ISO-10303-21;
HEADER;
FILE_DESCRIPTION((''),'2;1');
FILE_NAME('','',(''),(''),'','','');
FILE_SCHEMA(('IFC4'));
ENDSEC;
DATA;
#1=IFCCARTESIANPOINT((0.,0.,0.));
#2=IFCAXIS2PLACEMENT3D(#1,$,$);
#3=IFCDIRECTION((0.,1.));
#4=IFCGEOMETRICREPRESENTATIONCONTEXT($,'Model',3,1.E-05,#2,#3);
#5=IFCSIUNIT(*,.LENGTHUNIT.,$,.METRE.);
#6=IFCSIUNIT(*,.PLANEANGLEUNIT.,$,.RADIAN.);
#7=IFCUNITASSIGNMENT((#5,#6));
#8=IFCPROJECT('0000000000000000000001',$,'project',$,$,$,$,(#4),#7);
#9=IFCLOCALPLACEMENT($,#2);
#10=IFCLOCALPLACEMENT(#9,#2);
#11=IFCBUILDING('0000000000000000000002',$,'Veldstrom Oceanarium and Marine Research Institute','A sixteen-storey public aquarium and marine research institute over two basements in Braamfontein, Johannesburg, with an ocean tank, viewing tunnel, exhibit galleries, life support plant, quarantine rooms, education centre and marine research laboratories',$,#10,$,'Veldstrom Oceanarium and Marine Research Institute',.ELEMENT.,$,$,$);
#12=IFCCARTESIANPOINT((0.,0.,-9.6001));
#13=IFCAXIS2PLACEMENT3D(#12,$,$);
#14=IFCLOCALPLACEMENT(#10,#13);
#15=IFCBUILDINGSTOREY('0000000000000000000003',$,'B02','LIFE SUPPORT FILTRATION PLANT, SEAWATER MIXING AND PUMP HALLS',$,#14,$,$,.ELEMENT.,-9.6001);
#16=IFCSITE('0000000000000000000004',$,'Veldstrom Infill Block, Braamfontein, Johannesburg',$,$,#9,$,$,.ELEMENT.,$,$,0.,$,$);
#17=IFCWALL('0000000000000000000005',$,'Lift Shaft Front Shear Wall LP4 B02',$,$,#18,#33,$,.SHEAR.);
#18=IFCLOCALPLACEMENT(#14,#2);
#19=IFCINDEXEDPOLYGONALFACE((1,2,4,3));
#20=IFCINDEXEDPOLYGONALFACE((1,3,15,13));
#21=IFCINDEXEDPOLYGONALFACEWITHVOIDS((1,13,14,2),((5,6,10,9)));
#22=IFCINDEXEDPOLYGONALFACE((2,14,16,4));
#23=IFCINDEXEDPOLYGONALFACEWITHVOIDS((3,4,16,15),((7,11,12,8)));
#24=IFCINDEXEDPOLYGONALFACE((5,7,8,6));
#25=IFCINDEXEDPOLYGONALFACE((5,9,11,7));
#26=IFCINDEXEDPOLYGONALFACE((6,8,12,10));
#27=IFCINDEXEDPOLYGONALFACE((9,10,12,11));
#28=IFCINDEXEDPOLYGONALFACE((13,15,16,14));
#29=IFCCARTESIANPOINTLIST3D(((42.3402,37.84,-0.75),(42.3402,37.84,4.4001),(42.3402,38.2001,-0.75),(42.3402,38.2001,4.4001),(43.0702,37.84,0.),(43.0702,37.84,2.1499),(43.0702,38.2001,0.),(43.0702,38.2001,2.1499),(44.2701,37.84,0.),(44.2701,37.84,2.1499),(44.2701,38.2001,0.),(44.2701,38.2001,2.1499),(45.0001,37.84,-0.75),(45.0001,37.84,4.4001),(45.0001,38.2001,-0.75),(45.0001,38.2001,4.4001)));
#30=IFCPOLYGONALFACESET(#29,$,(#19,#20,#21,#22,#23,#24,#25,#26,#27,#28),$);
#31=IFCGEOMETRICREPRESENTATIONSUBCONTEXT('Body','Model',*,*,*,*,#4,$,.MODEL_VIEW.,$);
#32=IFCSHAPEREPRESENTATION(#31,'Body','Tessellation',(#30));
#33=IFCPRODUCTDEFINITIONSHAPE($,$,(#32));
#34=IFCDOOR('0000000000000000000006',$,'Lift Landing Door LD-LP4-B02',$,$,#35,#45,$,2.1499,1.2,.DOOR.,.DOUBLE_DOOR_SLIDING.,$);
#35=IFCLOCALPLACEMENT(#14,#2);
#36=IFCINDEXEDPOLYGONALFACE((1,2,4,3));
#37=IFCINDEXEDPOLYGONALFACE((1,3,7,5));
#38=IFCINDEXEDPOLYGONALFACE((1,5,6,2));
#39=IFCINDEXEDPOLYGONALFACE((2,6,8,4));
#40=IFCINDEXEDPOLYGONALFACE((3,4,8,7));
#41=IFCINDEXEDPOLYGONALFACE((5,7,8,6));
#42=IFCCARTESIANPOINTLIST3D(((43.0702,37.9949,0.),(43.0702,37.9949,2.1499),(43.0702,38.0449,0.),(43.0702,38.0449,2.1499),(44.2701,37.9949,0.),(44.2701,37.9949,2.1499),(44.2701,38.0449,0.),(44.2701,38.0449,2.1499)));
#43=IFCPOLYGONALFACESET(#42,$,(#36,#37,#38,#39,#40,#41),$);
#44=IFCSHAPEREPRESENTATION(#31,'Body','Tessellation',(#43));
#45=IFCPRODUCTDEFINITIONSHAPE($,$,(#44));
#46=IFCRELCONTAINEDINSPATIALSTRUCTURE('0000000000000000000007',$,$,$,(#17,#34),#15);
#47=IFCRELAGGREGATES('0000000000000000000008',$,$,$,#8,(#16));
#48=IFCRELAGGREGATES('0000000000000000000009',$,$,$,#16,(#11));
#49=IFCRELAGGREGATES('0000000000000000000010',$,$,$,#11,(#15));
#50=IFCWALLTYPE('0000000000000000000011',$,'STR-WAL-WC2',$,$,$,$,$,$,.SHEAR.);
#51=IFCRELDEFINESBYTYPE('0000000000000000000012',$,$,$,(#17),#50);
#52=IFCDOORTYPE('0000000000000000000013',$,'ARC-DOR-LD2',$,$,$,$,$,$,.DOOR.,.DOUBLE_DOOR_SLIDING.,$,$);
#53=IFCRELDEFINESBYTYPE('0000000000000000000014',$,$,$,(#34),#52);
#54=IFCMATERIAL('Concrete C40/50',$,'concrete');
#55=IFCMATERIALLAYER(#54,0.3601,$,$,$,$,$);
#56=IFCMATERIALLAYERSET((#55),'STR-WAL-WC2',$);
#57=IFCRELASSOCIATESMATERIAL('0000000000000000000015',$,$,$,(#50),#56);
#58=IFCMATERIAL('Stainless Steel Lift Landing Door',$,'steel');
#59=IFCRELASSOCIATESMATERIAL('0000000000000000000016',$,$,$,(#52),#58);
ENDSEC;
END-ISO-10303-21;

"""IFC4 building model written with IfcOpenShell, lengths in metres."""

from ifc_helpers import new_model, si_unit, direction, frame, frame_2d, origin, place, context, subcontext, project, spatial, rectangle, extrude, material, layer, layer_set, type_object, element, fill, save


model = new_model("IFC4")

# Units and contexts
model_context = context("Model", 3, precision=1e-05, world=origin(), true_north=direction((0.0, 1.0)))
body_context = subcontext(model_context, "Body", "Model", "MODEL_VIEW")
ifc_project = project(units=[si_unit("LENGTHUNIT", "METRE"), si_unit("PLANEANGLEUNIT", "RADIAN")], contexts=[model_context])

# Site, building, storey
site_placement = place(None, origin())
site = spatial("IfcSite", under=ifc_project, at=site_placement, Name="Veldstrom Infill Block, Braamfontein, Johannesburg", CompositionType="ELEMENT", RefElevation=0.0)
building_placement = place(site_placement, origin())
building = spatial("IfcBuilding", under=site, at=building_placement, Name="Veldstrom Oceanarium and Marine Research Institute", Description="A sixteen-storey public aquarium and marine research institute over two basements in Braamfontein, Johannesburg, with an ocean tank, viewing tunnel, exhibit galleries, life support plant, quarantine rooms, education centre and marine research laboratories", LongName="Veldstrom Oceanarium and Marine Research Institute", CompositionType="ELEMENT")
storey_placement = place(building_placement, frame((0.0, 0.0, -9.6001)))
storey = spatial("IfcBuildingStorey", under=building, at=storey_placement, Name="B02", Description="LIFE SUPPORT FILTRATION PLANT, SEAWATER MIXING AND PUMP HALLS", CompositionType="ELEMENT", Elevation=-9.6001)

# Wall, opening, door
ifc_material_1 = material(Name="Concrete C40/50", Category="concrete")
ifc_layer_1 = layer(ifc_material_1, 0.3601)
ifc_layer_set_1 = layer_set([ifc_layer_1], Name="STR-WAL-WC2")
wall_type_1 = type_object("IfcWallType", Name="STR-WAL-WC2", PredefinedType="SHEAR", material=ifc_layer_set_1)
wall_1_placement = place(storey_placement, frame((42.3401, 38.02, -0.75), z_axis=(0.0, 0.0, 1.0), x_axis=(1.0, 0.0, 0.0)))
wall_1 = element("IfcWall", 1, at=wall_1_placement, inside=storey, type_object=wall_type_1, Name="Lift Shaft Front Shear Wall LP4 B02", PredefinedType="SHEAR", context=body_context, shape_type="SweptSolid", body=[
    extrude(rectangle(XDim=2.6599, YDim=0.3601, at=frame_2d((1.3301, 0.0))), origin(), (0.0, 0.0, 1.0), 5.1501),
])
opening_1_placement = place(wall_1_placement, frame((0.73, 0.0, 0.75)))
opening_1 = element("IfcOpeningElement", 2, at=opening_1_placement, cuts=wall_1, PredefinedType="OPENING", context=body_context, shape_type="SweptSolid", body=[
    extrude(rectangle(XDim=1.2, YDim=2.1499, at=frame_2d((0.6001, 1.075))), frame((0.0, 0.1899, 0.0), z_axis=(0.0, -1.0, 0.0), x_axis=(1.0, 0.0, 0.0)), (0.0, 0.0, 1.0), 0.3801),
])
ifc_material_2 = material(Name="Stainless Steel Lift Landing Door", Category="steel")
door_type_1 = type_object("IfcDoorType", Name="ARC-DOR-LD2", OperationType="DOUBLE_DOOR_SLIDING", PredefinedType="DOOR", material=ifc_material_2)
door_1_placement = place(opening_1_placement, origin())
door_1 = element("IfcDoor", 3, at=door_1_placement, inside=storey, type_object=door_type_1, Name="Lift Landing Door LD-LP4-B02", OperationType="DOUBLE_DOOR_SLIDING", OverallHeight=2.1499, OverallWidth=1.2, PredefinedType="DOOR", context=body_context, shape_type="SweptSolid", body=[
    extrude(rectangle(XDim=1.2, YDim=2.1499, at=frame_2d((0.6001, 1.075))), frame((0.0, 0.0249, 0.0), z_axis=(0.0, -1.0, 0.0), x_axis=(1.0, 0.0, 0.0)), (0.0, 0.0, 1.0), 0.05),
])
fill(opening_1, door_1)

save(model, "model.ifc")
